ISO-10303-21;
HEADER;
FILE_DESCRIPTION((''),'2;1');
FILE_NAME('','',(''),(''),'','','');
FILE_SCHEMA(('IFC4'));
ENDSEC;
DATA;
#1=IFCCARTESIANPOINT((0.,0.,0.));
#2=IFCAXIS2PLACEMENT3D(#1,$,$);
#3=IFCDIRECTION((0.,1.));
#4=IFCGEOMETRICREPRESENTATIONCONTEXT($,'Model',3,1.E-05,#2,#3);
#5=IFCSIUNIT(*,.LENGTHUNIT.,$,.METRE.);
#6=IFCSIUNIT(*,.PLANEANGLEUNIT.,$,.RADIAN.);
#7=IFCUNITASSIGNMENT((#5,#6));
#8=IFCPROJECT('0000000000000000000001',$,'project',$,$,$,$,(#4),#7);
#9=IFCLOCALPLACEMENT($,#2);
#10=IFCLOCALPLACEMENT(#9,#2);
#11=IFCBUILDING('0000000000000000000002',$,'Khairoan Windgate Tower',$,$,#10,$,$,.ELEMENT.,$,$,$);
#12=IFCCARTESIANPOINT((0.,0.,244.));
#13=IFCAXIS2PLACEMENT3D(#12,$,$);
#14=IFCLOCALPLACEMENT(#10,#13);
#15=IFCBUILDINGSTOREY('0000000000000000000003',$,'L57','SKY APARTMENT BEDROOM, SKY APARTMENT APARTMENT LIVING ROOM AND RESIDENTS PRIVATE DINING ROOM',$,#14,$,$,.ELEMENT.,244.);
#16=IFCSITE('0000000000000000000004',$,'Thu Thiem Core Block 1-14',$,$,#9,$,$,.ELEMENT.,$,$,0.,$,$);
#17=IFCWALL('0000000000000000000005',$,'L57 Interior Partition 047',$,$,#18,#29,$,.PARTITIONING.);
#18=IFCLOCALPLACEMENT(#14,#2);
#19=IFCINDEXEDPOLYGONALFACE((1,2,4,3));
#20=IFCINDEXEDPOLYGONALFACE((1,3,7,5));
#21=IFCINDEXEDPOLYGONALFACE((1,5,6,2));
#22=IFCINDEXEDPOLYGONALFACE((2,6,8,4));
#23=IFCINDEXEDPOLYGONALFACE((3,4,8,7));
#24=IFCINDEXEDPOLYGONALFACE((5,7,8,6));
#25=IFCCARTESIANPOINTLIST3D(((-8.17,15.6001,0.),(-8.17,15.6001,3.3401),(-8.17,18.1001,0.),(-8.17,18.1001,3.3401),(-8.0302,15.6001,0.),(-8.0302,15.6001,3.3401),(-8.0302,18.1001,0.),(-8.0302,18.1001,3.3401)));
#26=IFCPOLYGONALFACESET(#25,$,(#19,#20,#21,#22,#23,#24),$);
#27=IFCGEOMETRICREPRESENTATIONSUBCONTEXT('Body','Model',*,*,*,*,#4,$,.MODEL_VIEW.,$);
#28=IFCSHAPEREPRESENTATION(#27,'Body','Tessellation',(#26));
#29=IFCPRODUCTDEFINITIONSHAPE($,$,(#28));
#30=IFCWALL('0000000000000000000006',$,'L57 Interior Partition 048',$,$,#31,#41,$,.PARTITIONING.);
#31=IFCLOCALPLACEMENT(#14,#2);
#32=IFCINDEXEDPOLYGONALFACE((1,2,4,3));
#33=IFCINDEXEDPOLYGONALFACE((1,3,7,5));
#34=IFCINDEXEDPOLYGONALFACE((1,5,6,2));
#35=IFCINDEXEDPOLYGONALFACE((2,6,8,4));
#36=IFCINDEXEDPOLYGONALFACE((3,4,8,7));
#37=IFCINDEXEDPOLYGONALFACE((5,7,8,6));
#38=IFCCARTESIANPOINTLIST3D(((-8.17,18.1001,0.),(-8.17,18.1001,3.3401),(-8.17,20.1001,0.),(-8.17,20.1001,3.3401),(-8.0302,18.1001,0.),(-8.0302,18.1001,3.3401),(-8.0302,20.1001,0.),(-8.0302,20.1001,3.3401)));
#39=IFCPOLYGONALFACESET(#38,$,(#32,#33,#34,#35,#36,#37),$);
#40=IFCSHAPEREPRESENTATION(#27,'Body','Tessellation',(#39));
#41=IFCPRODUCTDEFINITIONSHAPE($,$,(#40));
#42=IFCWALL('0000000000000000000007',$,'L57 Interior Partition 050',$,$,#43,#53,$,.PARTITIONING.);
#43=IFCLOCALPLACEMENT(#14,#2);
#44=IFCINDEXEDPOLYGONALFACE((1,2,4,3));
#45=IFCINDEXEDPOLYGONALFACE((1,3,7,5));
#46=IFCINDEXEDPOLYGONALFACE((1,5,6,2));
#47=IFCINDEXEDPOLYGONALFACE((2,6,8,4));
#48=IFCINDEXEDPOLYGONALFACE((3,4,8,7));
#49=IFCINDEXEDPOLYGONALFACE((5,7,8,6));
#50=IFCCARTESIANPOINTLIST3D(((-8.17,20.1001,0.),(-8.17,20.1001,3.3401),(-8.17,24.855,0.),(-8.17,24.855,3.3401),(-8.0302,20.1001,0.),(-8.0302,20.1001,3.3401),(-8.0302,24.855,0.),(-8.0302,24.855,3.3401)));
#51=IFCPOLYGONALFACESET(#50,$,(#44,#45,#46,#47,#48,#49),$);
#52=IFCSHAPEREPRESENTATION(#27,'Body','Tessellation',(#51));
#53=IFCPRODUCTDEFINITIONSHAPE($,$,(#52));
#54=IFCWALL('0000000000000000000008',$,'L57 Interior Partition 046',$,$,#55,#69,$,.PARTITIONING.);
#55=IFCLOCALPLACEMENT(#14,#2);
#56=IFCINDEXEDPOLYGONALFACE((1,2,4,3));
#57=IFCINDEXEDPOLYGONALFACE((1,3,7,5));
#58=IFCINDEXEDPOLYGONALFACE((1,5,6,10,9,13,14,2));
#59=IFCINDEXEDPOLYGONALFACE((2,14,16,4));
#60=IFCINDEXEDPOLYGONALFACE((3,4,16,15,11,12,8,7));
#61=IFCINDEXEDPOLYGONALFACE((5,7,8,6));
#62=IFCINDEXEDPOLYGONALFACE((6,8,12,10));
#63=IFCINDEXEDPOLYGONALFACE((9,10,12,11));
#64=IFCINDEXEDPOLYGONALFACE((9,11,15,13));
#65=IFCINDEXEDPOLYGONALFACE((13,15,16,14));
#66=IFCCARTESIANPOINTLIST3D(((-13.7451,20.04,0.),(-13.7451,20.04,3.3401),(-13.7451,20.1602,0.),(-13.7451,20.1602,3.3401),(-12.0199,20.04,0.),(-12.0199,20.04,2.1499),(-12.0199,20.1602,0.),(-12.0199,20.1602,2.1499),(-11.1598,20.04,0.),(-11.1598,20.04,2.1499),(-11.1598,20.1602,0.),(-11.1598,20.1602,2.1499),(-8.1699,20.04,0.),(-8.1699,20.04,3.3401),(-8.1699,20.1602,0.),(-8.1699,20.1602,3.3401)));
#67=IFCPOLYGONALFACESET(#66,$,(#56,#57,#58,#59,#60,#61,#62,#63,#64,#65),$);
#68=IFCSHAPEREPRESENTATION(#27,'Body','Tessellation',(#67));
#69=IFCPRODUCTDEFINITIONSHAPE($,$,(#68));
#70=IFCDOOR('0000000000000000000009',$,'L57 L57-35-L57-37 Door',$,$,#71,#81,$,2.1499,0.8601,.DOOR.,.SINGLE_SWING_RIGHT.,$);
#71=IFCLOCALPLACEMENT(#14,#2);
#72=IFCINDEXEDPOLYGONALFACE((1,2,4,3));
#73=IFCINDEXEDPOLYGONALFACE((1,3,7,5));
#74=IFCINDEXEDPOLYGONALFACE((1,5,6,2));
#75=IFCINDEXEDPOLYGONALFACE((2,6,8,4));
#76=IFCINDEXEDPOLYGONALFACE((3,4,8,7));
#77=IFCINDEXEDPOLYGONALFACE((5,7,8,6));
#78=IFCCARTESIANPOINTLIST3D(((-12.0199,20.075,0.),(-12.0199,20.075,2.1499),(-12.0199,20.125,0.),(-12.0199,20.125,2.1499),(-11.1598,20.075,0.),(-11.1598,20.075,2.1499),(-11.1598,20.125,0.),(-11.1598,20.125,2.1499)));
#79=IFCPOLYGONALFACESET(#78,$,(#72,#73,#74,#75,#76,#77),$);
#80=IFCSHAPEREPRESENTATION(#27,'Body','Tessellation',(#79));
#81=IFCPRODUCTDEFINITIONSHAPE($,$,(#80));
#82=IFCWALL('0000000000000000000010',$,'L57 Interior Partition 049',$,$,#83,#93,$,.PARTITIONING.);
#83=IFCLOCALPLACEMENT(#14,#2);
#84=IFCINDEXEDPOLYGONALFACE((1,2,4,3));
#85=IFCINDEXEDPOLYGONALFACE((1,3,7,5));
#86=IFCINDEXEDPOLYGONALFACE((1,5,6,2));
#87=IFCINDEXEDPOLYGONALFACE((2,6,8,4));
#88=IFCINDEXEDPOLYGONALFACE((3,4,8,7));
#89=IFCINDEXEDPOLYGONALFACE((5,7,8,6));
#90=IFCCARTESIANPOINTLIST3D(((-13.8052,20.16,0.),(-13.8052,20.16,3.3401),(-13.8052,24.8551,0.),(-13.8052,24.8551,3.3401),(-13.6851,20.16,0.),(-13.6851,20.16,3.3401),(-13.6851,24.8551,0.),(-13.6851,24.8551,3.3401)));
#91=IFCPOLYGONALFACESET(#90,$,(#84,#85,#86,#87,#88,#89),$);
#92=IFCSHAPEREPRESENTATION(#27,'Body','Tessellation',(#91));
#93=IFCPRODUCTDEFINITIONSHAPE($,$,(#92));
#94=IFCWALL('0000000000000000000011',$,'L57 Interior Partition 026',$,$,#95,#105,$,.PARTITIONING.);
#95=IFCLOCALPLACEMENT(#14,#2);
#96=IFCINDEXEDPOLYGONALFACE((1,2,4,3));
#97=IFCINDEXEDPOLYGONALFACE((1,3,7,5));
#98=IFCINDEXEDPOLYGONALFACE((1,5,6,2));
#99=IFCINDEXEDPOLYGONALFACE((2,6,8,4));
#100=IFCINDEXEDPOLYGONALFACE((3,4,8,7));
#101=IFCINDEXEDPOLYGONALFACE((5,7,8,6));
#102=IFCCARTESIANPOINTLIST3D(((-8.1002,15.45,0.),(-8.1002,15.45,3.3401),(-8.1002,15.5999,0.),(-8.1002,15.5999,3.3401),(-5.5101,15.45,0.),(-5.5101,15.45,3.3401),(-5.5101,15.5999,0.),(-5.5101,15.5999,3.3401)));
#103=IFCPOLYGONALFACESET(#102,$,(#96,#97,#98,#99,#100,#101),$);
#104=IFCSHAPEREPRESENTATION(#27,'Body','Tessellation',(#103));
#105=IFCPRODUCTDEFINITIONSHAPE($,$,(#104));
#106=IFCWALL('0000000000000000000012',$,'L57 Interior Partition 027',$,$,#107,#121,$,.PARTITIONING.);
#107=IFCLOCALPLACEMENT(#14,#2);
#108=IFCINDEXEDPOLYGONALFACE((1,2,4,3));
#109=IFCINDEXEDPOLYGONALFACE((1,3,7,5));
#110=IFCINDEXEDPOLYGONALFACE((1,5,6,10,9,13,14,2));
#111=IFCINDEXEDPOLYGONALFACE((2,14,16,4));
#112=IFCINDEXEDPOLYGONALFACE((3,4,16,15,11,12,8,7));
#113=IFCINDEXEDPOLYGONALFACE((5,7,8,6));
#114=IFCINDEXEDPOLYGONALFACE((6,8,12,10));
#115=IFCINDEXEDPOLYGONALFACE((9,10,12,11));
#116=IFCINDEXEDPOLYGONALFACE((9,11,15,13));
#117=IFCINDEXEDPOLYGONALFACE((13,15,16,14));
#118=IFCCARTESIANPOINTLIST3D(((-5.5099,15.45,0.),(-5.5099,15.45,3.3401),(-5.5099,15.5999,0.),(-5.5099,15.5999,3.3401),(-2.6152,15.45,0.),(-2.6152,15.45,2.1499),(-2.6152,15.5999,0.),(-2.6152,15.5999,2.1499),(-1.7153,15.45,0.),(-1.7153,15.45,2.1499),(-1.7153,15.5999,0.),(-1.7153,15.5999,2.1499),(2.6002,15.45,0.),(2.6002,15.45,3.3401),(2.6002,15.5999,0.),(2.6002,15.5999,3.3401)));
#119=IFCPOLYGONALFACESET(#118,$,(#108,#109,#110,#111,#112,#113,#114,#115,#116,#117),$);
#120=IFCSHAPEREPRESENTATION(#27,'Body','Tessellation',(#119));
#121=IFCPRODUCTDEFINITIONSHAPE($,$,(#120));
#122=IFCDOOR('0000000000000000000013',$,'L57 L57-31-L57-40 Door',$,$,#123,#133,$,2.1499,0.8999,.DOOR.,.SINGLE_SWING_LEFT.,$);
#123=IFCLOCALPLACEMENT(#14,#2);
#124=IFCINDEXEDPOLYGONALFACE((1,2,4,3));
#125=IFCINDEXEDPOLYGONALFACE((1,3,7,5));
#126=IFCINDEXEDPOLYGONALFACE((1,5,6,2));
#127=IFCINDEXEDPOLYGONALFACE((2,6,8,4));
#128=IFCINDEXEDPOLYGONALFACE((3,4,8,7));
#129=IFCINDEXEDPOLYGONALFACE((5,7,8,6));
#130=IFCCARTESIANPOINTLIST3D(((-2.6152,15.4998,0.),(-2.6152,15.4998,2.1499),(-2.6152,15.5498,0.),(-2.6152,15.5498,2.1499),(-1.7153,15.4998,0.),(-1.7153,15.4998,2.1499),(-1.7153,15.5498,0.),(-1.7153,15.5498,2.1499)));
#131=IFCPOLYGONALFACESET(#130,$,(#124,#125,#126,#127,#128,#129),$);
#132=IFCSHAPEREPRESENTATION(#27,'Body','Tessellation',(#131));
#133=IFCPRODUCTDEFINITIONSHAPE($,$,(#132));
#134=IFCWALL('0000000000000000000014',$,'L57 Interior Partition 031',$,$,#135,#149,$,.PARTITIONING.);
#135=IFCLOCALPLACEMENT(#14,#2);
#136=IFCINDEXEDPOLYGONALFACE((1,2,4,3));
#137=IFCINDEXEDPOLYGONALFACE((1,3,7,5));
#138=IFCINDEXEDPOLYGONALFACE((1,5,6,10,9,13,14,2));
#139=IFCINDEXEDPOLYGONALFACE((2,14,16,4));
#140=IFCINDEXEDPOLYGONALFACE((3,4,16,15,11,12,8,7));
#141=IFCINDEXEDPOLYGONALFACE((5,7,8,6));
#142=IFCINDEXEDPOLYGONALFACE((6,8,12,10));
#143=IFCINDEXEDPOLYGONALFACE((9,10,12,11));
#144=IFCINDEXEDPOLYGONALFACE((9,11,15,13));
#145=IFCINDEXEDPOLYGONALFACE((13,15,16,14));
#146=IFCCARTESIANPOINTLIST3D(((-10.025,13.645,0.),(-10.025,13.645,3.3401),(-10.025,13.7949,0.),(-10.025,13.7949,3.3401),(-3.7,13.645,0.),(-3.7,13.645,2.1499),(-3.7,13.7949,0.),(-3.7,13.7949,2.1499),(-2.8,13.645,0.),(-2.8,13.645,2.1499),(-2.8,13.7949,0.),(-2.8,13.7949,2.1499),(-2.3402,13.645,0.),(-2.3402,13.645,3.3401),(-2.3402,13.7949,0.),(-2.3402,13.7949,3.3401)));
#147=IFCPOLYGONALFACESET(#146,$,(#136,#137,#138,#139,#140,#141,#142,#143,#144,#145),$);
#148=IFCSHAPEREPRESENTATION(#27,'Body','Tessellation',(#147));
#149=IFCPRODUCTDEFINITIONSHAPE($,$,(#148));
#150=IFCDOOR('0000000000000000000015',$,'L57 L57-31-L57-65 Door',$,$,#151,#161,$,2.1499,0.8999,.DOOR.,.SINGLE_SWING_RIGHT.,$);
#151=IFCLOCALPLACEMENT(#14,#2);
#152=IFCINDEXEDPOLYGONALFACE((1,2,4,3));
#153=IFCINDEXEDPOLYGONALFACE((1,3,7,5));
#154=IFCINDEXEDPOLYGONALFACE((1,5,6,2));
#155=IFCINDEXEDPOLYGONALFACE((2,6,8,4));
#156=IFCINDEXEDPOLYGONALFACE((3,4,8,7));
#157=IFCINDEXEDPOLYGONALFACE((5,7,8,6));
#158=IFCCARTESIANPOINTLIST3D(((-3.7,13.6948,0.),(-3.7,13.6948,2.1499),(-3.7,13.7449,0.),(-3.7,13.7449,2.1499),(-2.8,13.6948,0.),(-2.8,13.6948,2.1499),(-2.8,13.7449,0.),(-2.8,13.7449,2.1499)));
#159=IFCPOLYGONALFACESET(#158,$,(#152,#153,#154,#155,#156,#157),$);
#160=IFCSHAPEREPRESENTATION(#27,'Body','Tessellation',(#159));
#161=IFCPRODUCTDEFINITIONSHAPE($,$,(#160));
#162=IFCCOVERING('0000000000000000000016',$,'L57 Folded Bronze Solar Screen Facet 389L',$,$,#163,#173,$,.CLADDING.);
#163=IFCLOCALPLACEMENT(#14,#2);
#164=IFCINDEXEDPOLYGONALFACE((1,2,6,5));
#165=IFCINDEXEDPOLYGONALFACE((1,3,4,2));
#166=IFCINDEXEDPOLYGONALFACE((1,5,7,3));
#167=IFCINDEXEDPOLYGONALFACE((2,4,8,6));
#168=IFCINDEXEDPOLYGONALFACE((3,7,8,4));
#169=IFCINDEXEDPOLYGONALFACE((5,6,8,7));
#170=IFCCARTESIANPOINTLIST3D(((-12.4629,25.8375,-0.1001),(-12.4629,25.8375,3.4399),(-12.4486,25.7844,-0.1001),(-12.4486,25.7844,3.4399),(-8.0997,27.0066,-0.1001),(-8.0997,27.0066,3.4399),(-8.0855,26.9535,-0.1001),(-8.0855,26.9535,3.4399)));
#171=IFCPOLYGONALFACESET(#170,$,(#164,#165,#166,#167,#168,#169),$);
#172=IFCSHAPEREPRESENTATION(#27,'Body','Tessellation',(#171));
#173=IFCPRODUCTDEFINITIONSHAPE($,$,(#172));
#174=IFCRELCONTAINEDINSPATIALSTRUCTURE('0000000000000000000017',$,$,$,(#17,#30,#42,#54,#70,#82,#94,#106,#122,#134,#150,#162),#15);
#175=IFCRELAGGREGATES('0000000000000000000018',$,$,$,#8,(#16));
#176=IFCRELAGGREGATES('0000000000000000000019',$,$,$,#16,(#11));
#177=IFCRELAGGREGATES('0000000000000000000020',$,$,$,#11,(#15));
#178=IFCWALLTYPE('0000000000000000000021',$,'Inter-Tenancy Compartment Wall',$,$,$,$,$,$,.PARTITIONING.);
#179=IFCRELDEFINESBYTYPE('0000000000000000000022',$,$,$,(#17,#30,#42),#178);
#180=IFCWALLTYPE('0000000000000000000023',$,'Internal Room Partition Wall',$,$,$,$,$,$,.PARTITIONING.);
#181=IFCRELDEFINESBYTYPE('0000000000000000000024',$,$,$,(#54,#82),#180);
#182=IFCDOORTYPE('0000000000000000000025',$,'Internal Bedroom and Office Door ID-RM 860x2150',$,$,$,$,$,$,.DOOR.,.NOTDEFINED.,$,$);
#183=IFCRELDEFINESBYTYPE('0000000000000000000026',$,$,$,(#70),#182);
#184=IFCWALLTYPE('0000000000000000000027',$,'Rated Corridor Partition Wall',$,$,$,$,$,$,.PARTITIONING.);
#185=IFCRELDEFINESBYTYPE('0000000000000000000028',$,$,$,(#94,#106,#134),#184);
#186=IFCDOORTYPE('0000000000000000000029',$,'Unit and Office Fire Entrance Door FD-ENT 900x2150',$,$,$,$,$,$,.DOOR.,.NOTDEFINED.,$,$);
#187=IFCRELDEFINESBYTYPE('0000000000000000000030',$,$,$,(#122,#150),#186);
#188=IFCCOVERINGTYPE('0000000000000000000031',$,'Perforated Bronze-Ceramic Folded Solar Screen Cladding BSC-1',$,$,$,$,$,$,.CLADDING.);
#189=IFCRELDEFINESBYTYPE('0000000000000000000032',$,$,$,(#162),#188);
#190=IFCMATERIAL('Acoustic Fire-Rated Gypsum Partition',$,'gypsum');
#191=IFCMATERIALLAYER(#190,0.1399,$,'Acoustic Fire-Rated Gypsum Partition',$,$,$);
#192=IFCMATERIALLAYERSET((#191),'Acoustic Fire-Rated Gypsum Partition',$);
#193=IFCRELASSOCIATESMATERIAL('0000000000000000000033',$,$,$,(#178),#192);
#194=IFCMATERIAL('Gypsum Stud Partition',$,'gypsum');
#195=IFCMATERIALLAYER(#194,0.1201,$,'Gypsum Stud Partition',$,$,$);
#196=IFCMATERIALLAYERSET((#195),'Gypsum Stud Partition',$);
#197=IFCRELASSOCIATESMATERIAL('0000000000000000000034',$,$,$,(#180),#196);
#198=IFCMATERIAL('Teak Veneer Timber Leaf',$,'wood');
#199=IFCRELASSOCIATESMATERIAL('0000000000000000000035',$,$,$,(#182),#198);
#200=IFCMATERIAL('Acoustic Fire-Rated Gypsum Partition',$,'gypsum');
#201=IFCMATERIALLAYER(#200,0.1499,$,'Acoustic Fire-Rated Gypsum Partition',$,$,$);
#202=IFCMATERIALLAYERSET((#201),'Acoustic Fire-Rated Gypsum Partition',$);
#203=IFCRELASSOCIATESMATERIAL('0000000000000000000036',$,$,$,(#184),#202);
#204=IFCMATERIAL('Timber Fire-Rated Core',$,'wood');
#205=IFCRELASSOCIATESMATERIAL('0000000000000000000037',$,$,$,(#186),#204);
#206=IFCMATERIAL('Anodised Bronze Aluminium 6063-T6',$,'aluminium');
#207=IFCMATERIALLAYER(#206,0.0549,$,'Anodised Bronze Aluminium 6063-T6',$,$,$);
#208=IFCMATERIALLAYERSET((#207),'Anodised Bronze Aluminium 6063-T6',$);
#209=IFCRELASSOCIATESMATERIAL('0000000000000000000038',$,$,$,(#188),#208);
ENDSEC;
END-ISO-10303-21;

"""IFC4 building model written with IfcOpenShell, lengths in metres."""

from ifc_helpers import new_model, si_unit, direction, frame, frame_2d, origin, origin_2d, place, context, subcontext, project, spatial, rectangle, extrude, material, layer, layer_set, type_object, element, fill, save


model = new_model("IFC4")

# Units and contexts
model_context = context("Model", 3, precision=1e-05, world=origin(), true_north=direction((0.0, 1.0)))
body_context = subcontext(model_context, "Body", "Model", "MODEL_VIEW")
ifc_project = project(units=[si_unit("LENGTHUNIT", "METRE"), si_unit("PLANEANGLEUNIT", "RADIAN")], contexts=[model_context])

# Site, building, storey
site_placement = place(None, origin())
site = spatial("IfcSite", under=ifc_project, at=site_placement, Name="Thu Thiem Core Block 1-14", CompositionType="ELEMENT", RefElevation=0.0)
building_placement = place(site_placement, origin())
building = spatial("IfcBuilding", under=site, at=building_placement, Name="Khairoan Windgate Tower", CompositionType="ELEMENT")
storey_placement = place(building_placement, frame((0.0, 0.0, 244.0)))
storey = spatial("IfcBuildingStorey", under=building, at=storey_placement, Name="L57", Description="SKY APARTMENT BEDROOM, SKY APARTMENT APARTMENT LIVING ROOM AND RESIDENTS PRIVATE DINING ROOM", CompositionType="ELEMENT", Elevation=244.0)

# Walls
ifc_material_1 = material(Name="Acoustic Fire-Rated Gypsum Partition", Category="gypsum")
ifc_layer_1 = layer(ifc_material_1, 0.1399, Name="Acoustic Fire-Rated Gypsum Partition")
ifc_layer_set_1 = layer_set([ifc_layer_1], Name="Acoustic Fire-Rated Gypsum Partition")
wall_type_1 = type_object("IfcWallType", Name="Inter-Tenancy Compartment Wall", PredefinedType="PARTITIONING", material=ifc_layer_set_1)
wall_1_placement = place(storey_placement, frame((-8.1001, 15.6001, 0.0), z_axis=(0.0, 0.0, 1.0), x_axis=(0.0, 1.0, 0.0)))
element("IfcWall", 1, at=wall_1_placement, inside=storey, type_object=wall_type_1, Name="L57 Interior Partition 047", PredefinedType="PARTITIONING", context=body_context, shape_type="SweptSolid", body=[
    extrude(rectangle(XDim=2.5, YDim=0.1399, at=frame_2d((1.25, 0.0))), origin(), (0.0, 0.0, 1.0), 3.3401),
])
wall_2_placement = place(storey_placement, frame((-8.1001, 18.1001, 0.0), z_axis=(0.0, 0.0, 1.0), x_axis=(0.0, 1.0, 0.0)))
element("IfcWall", 2, at=wall_2_placement, inside=storey, type_object=wall_type_1, Name="L57 Interior Partition 048", PredefinedType="PARTITIONING", context=body_context, shape_type="SweptSolid", body=[
    extrude(rectangle(XDim=2.0, YDim=0.1399, at=frame_2d((1.0, 0.0))), origin(), (0.0, 0.0, 1.0), 3.3401),
])
wall_3_placement = place(storey_placement, frame((-8.1001, 20.1001, 0.0), z_axis=(0.0, 0.0, 1.0), x_axis=(0.0, 1.0, 0.0)))
element("IfcWall", 3, at=wall_3_placement, inside=storey, type_object=wall_type_1, Name="L57 Interior Partition 050", PredefinedType="PARTITIONING", context=body_context, shape_type="SweptSolid", body=[
    extrude(rectangle(XDim=4.7549, YDim=0.1399, at=frame_2d((2.3774, 0.0))), origin(), (0.0, 0.0, 1.0), 3.3401),
])

# Wall, opening, door
ifc_material_2 = material(Name="Gypsum Stud Partition", Category="gypsum")
ifc_layer_2 = layer(ifc_material_2, 0.1201, Name="Gypsum Stud Partition")
ifc_layer_set_2 = layer_set([ifc_layer_2], Name="Gypsum Stud Partition")
wall_type_2 = type_object("IfcWallType", Name="Internal Room Partition Wall", PredefinedType="PARTITIONING", material=ifc_layer_set_2)
wall_4_placement = place(storey_placement, frame((-13.7451, 20.1001, 0.0), z_axis=(0.0, 0.0, 1.0), x_axis=(1.0, 0.0, 0.0)))
wall_4 = element("IfcWall", 4, at=wall_4_placement, inside=storey, type_object=wall_type_2, Name="L57 Interior Partition 046", PredefinedType="PARTITIONING", context=body_context, shape_type="SweptSolid", body=[
    extrude(rectangle(XDim=5.5752, YDim=0.1201, at=frame_2d((2.7876, 0.0))), origin(), (0.0, 0.0, 1.0), 3.3401),
])
opening_1_placement = place(wall_4_placement, frame((1.7251, 0.0, 0.0)))
opening_1 = element("IfcOpeningElement", 5, at=opening_1_placement, cuts=wall_4, PredefinedType="OPENING", context=body_context, shape_type="SweptSolid", body=[
    extrude(rectangle(XDim=0.8601, YDim=2.1499, at=frame_2d((0.4302, 1.075))), frame((0.0, 0.0701, 0.0), z_axis=(0.0, -1.0, 0.0), x_axis=(1.0, 0.0, 0.0)), (0.0, 0.0, 1.0), 0.1401),
])
ifc_material_3 = material(Name="Teak Veneer Timber Leaf", Category="wood")
door_type_1 = type_object("IfcDoorType", Name="Internal Bedroom and Office Door ID-RM 860x2150", OperationType="NOTDEFINED", PredefinedType="DOOR", material=ifc_material_3)
door_1_placement = place(opening_1_placement, origin())
door_1 = element("IfcDoor", 6, at=door_1_placement, inside=storey, type_object=door_type_1, Name="L57 L57-35-L57-37 Door", OperationType="SINGLE_SWING_RIGHT", OverallHeight=2.1499, OverallWidth=0.8601, PredefinedType="DOOR", context=body_context, shape_type="SweptSolid", body=[
    extrude(rectangle(XDim=0.8601, YDim=2.1499, at=frame_2d((0.4302, 1.075))), frame((0.0, 0.0249, 0.0), z_axis=(0.0, -1.0, 0.0), x_axis=(1.0, 0.0, 0.0)), (0.0, 0.0, 1.0), 0.05),
])
fill(opening_1, door_1)

# Walls
wall_5_placement = place(storey_placement, frame((-13.7451, 20.1599, 0.0), z_axis=(0.0, 0.0, 1.0), x_axis=(0.0, 1.0, 0.0)))
element("IfcWall", 7, at=wall_5_placement, inside=storey, type_object=wall_type_2, Name="L57 Interior Partition 049", PredefinedType="PARTITIONING", context=body_context, shape_type="SweptSolid", body=[
    extrude(rectangle(XDim=4.6951, YDim=0.1201, at=frame_2d((2.3477, 0.0))), origin(), (0.0, 0.0, 1.0), 3.3401),
])
ifc_material_4 = material(Name="Acoustic Fire-Rated Gypsum Partition", Category="gypsum")
ifc_layer_3 = layer(ifc_material_4, 0.1499, Name="Acoustic Fire-Rated Gypsum Partition")
ifc_layer_set_3 = layer_set([ifc_layer_3], Name="Acoustic Fire-Rated Gypsum Partition")
wall_type_3 = type_object("IfcWallType", Name="Rated Corridor Partition Wall", PredefinedType="PARTITIONING", material=ifc_layer_set_3)
wall_6_placement = place(storey_placement, frame((-8.1001, 15.5249, 0.0), z_axis=(0.0, 0.0, 1.0), x_axis=(1.0, 0.0, 0.0)))
element("IfcWall", 8, at=wall_6_placement, inside=storey, type_object=wall_type_3, Name="L57 Interior Partition 026", PredefinedType="PARTITIONING", context=body_context, shape_type="SweptSolid", body=[
    extrude(rectangle(XDim=2.5901, YDim=0.1499, at=frame_2d((1.2949, 0.0))), origin(), (0.0, 0.0, 1.0), 3.3401),
])

# Walls, openings, doors
wall_7_placement = place(storey_placement, frame((-5.51, 15.5249, 0.0), z_axis=(0.0, 0.0, 1.0), x_axis=(1.0, 0.0, 0.0)))
wall_7 = element("IfcWall", 9, at=wall_7_placement, inside=storey, type_object=wall_type_3, Name="L57 Interior Partition 027", PredefinedType="PARTITIONING", context=body_context, shape_type="SweptSolid", body=[
    extrude(rectangle(XDim=8.1101, YDim=0.1499, at=frame_2d((4.0552, 0.0))), origin(), (0.0, 0.0, 1.0), 3.3401),
])
opening_2_placement = place(wall_7_placement, frame((2.8948, 0.0, 0.0)))
opening_2 = element("IfcOpeningElement", 10, at=opening_2_placement, cuts=wall_7, PredefinedType="OPENING", context=body_context, shape_type="SweptSolid", body=[
    extrude(rectangle(XDim=0.8999, YDim=2.1499, at=frame_2d((0.45, 1.075))), frame((0.0, 0.085, 0.0), z_axis=(0.0, -1.0, 0.0), x_axis=(1.0, 0.0, 0.0)), (0.0, 0.0, 1.0), 0.1699),
])
ifc_material_5 = material(Name="Timber Fire-Rated Core", Category="wood")
door_type_2 = type_object("IfcDoorType", Name="Unit and Office Fire Entrance Door FD-ENT 900x2150", OperationType="NOTDEFINED", PredefinedType="DOOR", material=ifc_material_5)
door_2_placement = place(opening_2_placement, origin())
door_2 = element("IfcDoor", 11, at=door_2_placement, inside=storey, type_object=door_type_2, Name="L57 L57-31-L57-40 Door", OperationType="SINGLE_SWING_LEFT", OverallHeight=2.1499, OverallWidth=0.8999, PredefinedType="DOOR", context=body_context, shape_type="SweptSolid", body=[
    extrude(rectangle(XDim=0.8999, YDim=2.1499, at=frame_2d((0.45, 1.075))), frame((0.0, 0.0249, 0.0), z_axis=(0.0, -1.0, 0.0), x_axis=(1.0, 0.0, 0.0)), (0.0, 0.0, 1.0), 0.05),
])
fill(opening_2, door_2)
wall_8_placement = place(storey_placement, frame((-10.0249, 13.72, 0.0), z_axis=(0.0, 0.0, 1.0), x_axis=(1.0, 0.0, 0.0)))
wall_8 = element("IfcWall", 12, at=wall_8_placement, inside=storey, type_object=wall_type_3, Name="L57 Interior Partition 031", PredefinedType="PARTITIONING", context=body_context, shape_type="SweptSolid", body=[
    extrude(rectangle(XDim=7.6848, YDim=0.1499, at=frame_2d((3.8423, 0.0))), origin(), (0.0, 0.0, 1.0), 3.3401),
])
opening_3_placement = place(wall_8_placement, frame((6.325, 0.0, 0.0)))
opening_3 = element("IfcOpeningElement", 13, at=opening_3_placement, cuts=wall_8, PredefinedType="OPENING", context=body_context, shape_type="SweptSolid", body=[
    extrude(rectangle(XDim=0.8999, YDim=2.1499, at=frame_2d((0.45, 1.075))), frame((0.0, 0.085, 0.0), z_axis=(0.0, -1.0, 0.0), x_axis=(1.0, 0.0, 0.0)), (0.0, 0.0, 1.0), 0.1699),
])
door_3_placement = place(opening_3_placement, origin())
door_3 = element("IfcDoor", 14, at=door_3_placement, inside=storey, type_object=door_type_2, Name="L57 L57-31-L57-65 Door", OperationType="SINGLE_SWING_RIGHT", OverallHeight=2.1499, OverallWidth=0.8999, PredefinedType="DOOR", context=body_context, shape_type="SweptSolid", body=[
    extrude(rectangle(XDim=0.8999, YDim=2.1499, at=frame_2d((0.45, 1.075))), frame((0.0, 0.0249, 0.0), z_axis=(0.0, -1.0, 0.0), x_axis=(1.0, 0.0, 0.0)), (0.0, 0.0, 1.0), 0.05),
])
fill(opening_3, door_3)

# Covering
ifc_material_6 = material(Name="Anodised Bronze Aluminium 6063-T6", Category="aluminium")
ifc_layer_4 = layer(ifc_material_6, 0.0549, Name="Anodised Bronze Aluminium 6063-T6")
ifc_layer_set_4 = layer_set([ifc_layer_4], Name="Anodised Bronze Aluminium 6063-T6")
covering_type = type_object("IfcCoveringType", Name="Perforated Bronze-Ceramic Folded Solar Screen Cladding BSC-1", PredefinedType="CLADDING", material=ifc_layer_set_4)
covering_placement = place(storey_placement, frame((-10.2742, 26.3955, -0.1001), z_axis=(0.0, 0.0, 1.0), x_axis=(0.965926, 0.258819, 0.0)))
element("IfcCovering", 15, at=covering_placement, inside=storey, type_object=covering_type, Name="L57 Folded Bronze Solar Screen Facet 389L", PredefinedType="CLADDING", context=body_context, shape_type="SweptSolid", body=[
    extrude(rectangle(XDim=4.5171, YDim=0.0549, at=origin_2d()), origin(), (0.0, 0.0, 1.0), 3.54),
])

save(model, "model.ifc")
